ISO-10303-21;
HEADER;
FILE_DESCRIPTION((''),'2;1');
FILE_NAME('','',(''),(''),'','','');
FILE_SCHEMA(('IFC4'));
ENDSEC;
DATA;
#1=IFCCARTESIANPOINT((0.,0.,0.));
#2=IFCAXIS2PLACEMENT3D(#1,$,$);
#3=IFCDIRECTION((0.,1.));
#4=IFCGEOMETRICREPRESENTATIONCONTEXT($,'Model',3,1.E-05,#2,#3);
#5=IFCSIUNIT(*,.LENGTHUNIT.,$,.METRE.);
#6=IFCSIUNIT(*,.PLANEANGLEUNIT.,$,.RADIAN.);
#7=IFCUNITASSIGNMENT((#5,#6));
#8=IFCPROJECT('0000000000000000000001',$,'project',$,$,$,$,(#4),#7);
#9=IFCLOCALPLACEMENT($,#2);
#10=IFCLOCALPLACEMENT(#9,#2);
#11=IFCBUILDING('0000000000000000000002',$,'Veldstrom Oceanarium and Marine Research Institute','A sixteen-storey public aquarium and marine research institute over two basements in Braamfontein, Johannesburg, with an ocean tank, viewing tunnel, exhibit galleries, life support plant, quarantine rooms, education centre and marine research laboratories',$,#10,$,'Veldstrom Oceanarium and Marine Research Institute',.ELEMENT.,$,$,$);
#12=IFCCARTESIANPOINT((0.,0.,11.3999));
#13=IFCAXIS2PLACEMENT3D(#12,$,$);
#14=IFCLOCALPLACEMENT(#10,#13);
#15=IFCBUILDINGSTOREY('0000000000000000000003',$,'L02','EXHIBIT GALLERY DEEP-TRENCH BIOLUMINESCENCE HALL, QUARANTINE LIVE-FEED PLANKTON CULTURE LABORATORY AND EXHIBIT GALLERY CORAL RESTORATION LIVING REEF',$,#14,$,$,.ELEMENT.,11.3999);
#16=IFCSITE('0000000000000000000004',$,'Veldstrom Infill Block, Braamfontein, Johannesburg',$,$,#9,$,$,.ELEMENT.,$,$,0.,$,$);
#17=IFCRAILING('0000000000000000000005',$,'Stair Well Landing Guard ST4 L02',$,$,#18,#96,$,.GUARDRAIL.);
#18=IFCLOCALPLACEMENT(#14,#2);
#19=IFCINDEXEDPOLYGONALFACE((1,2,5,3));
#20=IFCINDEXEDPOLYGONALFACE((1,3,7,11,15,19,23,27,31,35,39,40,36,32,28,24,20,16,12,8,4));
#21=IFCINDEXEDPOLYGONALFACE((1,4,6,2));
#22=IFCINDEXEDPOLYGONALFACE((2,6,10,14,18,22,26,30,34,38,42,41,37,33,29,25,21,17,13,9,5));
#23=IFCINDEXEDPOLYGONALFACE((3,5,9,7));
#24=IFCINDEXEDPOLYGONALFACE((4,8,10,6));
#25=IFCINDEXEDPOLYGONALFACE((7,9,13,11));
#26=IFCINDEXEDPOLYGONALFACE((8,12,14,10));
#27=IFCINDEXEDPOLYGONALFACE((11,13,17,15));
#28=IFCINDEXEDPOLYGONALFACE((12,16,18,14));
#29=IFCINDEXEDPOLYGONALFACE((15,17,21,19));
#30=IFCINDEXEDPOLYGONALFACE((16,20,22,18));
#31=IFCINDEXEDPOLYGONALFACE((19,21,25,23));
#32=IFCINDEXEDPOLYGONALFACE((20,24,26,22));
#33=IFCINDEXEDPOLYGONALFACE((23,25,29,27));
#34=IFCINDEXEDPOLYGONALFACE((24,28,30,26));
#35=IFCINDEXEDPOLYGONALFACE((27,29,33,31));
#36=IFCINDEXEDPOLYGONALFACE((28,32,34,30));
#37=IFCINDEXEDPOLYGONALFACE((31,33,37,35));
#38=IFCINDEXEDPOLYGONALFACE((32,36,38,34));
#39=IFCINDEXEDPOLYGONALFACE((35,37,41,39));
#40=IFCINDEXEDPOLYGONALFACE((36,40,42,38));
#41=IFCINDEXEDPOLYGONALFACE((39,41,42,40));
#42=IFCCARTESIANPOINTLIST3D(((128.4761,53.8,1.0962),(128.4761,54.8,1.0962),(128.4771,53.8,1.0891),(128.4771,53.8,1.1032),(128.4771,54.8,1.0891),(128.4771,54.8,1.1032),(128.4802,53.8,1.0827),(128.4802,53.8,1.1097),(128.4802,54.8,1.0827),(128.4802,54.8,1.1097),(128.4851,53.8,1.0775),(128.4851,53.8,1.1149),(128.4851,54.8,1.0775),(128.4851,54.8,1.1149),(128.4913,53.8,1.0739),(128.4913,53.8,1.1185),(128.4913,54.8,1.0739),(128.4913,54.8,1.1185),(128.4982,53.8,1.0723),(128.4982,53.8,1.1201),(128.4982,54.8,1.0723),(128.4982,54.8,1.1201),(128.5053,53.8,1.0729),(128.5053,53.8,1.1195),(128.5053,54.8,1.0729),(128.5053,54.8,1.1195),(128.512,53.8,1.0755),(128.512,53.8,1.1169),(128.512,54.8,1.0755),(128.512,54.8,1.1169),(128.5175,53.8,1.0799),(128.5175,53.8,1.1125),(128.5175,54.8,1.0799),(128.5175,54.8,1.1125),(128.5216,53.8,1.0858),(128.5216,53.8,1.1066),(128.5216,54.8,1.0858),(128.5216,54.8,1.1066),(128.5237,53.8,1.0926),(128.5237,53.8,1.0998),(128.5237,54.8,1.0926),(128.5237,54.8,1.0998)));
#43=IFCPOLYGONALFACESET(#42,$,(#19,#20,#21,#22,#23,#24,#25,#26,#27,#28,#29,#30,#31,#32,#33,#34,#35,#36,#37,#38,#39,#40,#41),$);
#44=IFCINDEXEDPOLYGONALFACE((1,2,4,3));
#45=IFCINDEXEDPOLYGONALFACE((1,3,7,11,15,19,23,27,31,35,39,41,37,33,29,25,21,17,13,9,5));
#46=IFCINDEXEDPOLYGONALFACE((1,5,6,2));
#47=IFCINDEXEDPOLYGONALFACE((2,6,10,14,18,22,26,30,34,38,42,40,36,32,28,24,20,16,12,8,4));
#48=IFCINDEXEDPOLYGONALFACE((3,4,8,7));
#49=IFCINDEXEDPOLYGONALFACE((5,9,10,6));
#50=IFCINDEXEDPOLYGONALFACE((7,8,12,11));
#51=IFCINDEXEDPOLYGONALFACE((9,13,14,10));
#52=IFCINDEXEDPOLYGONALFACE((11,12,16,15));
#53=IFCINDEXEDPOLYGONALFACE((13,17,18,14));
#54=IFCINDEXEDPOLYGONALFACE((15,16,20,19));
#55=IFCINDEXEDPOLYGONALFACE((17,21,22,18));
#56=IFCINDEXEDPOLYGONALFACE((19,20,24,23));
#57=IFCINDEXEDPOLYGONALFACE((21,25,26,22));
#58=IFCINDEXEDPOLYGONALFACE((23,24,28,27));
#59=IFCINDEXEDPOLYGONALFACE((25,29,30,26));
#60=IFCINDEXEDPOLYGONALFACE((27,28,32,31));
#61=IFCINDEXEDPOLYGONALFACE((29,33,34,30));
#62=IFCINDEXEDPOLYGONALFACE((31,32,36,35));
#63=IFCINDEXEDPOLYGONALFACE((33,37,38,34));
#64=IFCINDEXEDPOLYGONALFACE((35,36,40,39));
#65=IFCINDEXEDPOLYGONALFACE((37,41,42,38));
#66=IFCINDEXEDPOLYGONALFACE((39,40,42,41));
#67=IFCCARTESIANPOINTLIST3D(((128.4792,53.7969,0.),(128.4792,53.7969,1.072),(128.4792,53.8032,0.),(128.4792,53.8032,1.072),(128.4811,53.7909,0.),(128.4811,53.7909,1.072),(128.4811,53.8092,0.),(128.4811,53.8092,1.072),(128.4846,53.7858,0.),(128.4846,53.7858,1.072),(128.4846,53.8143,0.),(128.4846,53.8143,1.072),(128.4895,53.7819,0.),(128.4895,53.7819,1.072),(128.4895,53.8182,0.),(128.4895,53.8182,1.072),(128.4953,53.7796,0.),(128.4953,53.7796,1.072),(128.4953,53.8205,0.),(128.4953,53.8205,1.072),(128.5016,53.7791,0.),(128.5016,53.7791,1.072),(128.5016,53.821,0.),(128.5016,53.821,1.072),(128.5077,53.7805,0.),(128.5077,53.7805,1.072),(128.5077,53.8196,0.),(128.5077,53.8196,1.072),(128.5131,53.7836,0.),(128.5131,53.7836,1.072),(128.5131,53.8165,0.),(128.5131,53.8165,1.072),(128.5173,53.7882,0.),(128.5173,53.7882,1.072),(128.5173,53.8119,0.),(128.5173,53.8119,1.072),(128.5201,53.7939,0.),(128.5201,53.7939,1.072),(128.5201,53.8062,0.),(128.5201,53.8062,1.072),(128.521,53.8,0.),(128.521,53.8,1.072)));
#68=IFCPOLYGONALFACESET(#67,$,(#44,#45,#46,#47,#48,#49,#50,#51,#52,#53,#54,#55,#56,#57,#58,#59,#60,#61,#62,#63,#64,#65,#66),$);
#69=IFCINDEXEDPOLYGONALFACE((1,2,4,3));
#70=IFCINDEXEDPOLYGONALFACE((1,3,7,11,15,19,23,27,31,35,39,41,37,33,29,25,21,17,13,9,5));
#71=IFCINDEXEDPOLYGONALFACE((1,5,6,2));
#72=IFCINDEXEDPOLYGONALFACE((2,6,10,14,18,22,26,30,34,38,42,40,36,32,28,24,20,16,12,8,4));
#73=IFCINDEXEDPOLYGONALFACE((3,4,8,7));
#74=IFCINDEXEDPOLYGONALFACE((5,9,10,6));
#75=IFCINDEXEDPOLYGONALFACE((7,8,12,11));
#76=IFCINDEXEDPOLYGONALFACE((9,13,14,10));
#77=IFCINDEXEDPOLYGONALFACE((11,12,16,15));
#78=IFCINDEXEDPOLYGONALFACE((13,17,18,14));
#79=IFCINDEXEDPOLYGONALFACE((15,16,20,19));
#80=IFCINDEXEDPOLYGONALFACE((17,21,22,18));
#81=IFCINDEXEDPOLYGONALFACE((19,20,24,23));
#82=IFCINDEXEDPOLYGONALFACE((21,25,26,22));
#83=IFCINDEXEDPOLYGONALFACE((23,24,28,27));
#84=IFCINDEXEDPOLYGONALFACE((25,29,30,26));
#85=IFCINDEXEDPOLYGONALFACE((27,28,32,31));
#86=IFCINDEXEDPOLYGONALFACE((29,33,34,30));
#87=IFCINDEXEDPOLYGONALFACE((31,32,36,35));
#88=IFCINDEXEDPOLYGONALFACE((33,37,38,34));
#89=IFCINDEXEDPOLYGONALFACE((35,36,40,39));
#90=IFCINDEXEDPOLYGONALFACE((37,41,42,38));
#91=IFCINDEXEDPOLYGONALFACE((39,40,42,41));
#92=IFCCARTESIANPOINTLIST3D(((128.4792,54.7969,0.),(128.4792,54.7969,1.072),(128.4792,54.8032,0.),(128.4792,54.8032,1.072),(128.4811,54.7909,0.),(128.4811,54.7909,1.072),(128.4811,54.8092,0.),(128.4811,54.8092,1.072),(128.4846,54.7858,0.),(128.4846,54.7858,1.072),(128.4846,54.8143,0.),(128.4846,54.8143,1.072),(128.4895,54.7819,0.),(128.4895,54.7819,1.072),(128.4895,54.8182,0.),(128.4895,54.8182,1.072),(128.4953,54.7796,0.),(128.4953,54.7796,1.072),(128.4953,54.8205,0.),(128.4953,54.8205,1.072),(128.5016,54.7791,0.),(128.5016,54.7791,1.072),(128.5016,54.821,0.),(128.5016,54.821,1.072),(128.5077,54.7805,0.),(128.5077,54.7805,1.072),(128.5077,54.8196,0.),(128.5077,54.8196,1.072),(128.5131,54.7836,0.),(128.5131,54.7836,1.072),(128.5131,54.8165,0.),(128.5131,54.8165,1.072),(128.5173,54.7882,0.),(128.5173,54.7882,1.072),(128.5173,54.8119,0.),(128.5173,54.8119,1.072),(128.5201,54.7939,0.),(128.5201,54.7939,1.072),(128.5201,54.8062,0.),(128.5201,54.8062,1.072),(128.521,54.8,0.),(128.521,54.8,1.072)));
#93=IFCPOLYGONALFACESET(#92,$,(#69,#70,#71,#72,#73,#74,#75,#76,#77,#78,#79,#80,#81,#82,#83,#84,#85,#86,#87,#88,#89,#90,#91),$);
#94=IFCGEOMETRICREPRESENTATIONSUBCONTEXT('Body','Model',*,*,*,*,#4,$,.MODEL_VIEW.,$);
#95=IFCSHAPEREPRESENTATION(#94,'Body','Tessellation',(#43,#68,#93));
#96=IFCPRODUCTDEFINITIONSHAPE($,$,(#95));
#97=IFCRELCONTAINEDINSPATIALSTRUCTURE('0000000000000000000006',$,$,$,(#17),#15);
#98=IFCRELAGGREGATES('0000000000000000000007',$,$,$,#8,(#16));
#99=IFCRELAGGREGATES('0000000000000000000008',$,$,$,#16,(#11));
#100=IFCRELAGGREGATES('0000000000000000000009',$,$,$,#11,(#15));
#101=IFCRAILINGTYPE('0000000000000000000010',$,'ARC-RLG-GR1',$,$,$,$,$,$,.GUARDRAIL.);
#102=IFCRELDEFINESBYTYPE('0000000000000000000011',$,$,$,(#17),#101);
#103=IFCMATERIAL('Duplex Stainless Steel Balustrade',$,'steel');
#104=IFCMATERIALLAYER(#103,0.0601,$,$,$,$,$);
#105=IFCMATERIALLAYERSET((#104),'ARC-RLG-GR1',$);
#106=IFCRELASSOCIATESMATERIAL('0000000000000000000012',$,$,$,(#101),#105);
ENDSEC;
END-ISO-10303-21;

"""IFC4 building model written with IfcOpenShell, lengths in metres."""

from ifc_helpers import new_model, si_unit, direction, frame, origin, origin_2d, place, context, subcontext, project, spatial, circle, extrude, material, layer, layer_set, type_object, element, save


model = new_model("IFC4")

# Units and contexts
model_context = context("Model", 3, precision=1e-05, world=origin(), true_north=direction((0.0, 1.0)))
body_context = subcontext(model_context, "Body", "Model", "MODEL_VIEW")
ifc_project = project(units=[si_unit("LENGTHUNIT", "METRE"), si_unit("PLANEANGLEUNIT", "RADIAN")], contexts=[model_context])

# Site, building, storey
site_placement = place(None, origin())
site = spatial("IfcSite", under=ifc_project, at=site_placement, Name="Veldstrom Infill Block, Braamfontein, Johannesburg", CompositionType="ELEMENT", RefElevation=0.0)
building_placement = place(site_placement, origin())
building = spatial("IfcBuilding", under=site, at=building_placement, Name="Veldstrom Oceanarium and Marine Research Institute", Description="A sixteen-storey public aquarium and marine research institute over two basements in Braamfontein, Johannesburg, with an ocean tank, viewing tunnel, exhibit galleries, life support plant, quarantine rooms, education centre and marine research laboratories", LongName="Veldstrom Oceanarium and Marine Research Institute", CompositionType="ELEMENT")
storey_placement = place(building_placement, frame((0.0, 0.0, 11.3999)))
storey = spatial("IfcBuildingStorey", under=building, at=storey_placement, Name="L02", Description="EXHIBIT GALLERY DEEP-TRENCH BIOLUMINESCENCE HALL, QUARANTINE LIVE-FEED PLANKTON CULTURE LABORATORY AND EXHIBIT GALLERY CORAL RESTORATION LIVING REEF", CompositionType="ELEMENT", Elevation=11.3999)

# Railing
ifc_material_1 = material(Name="Duplex Stainless Steel Balustrade", Category="steel")
ifc_layer_1 = layer(ifc_material_1, 0.0601)
ifc_layer_set_1 = layer_set([ifc_layer_1], Name="ARC-RLG-GR1")
railing_type_1 = type_object("IfcRailingType", Name="ARC-RLG-GR1", PredefinedType="GUARDRAIL", material=ifc_layer_set_1)
railing_1_placement = place(storey_placement, frame((128.5, 53.8, 0.0)))
element("IfcRailing", 1, at=railing_1_placement, inside=storey, type_object=railing_type_1, Name="Stair Well Landing Guard ST4 L02", PredefinedType="GUARDRAIL", context=body_context, shape_type="SweptSolid", body=[
    extrude(circle(Radius=0.0239, at=origin_2d()), frame((0.0, 0.0, 1.0962), z_axis=(0.0, 1.0, 0.0), x_axis=(-1.0, 0.0, 0.0)), (0.0, 0.0, 1.0), 1.0),
    extrude(circle(Radius=0.021, at=origin_2d()), origin(), (0.0, 0.0, 1.0), 1.072),
    extrude(circle(Radius=0.021, at=origin_2d()), frame((0.0, 1.0, 0.0)), (0.0, 0.0, 1.0), 1.072),
])

save(model, "model.ifc")
